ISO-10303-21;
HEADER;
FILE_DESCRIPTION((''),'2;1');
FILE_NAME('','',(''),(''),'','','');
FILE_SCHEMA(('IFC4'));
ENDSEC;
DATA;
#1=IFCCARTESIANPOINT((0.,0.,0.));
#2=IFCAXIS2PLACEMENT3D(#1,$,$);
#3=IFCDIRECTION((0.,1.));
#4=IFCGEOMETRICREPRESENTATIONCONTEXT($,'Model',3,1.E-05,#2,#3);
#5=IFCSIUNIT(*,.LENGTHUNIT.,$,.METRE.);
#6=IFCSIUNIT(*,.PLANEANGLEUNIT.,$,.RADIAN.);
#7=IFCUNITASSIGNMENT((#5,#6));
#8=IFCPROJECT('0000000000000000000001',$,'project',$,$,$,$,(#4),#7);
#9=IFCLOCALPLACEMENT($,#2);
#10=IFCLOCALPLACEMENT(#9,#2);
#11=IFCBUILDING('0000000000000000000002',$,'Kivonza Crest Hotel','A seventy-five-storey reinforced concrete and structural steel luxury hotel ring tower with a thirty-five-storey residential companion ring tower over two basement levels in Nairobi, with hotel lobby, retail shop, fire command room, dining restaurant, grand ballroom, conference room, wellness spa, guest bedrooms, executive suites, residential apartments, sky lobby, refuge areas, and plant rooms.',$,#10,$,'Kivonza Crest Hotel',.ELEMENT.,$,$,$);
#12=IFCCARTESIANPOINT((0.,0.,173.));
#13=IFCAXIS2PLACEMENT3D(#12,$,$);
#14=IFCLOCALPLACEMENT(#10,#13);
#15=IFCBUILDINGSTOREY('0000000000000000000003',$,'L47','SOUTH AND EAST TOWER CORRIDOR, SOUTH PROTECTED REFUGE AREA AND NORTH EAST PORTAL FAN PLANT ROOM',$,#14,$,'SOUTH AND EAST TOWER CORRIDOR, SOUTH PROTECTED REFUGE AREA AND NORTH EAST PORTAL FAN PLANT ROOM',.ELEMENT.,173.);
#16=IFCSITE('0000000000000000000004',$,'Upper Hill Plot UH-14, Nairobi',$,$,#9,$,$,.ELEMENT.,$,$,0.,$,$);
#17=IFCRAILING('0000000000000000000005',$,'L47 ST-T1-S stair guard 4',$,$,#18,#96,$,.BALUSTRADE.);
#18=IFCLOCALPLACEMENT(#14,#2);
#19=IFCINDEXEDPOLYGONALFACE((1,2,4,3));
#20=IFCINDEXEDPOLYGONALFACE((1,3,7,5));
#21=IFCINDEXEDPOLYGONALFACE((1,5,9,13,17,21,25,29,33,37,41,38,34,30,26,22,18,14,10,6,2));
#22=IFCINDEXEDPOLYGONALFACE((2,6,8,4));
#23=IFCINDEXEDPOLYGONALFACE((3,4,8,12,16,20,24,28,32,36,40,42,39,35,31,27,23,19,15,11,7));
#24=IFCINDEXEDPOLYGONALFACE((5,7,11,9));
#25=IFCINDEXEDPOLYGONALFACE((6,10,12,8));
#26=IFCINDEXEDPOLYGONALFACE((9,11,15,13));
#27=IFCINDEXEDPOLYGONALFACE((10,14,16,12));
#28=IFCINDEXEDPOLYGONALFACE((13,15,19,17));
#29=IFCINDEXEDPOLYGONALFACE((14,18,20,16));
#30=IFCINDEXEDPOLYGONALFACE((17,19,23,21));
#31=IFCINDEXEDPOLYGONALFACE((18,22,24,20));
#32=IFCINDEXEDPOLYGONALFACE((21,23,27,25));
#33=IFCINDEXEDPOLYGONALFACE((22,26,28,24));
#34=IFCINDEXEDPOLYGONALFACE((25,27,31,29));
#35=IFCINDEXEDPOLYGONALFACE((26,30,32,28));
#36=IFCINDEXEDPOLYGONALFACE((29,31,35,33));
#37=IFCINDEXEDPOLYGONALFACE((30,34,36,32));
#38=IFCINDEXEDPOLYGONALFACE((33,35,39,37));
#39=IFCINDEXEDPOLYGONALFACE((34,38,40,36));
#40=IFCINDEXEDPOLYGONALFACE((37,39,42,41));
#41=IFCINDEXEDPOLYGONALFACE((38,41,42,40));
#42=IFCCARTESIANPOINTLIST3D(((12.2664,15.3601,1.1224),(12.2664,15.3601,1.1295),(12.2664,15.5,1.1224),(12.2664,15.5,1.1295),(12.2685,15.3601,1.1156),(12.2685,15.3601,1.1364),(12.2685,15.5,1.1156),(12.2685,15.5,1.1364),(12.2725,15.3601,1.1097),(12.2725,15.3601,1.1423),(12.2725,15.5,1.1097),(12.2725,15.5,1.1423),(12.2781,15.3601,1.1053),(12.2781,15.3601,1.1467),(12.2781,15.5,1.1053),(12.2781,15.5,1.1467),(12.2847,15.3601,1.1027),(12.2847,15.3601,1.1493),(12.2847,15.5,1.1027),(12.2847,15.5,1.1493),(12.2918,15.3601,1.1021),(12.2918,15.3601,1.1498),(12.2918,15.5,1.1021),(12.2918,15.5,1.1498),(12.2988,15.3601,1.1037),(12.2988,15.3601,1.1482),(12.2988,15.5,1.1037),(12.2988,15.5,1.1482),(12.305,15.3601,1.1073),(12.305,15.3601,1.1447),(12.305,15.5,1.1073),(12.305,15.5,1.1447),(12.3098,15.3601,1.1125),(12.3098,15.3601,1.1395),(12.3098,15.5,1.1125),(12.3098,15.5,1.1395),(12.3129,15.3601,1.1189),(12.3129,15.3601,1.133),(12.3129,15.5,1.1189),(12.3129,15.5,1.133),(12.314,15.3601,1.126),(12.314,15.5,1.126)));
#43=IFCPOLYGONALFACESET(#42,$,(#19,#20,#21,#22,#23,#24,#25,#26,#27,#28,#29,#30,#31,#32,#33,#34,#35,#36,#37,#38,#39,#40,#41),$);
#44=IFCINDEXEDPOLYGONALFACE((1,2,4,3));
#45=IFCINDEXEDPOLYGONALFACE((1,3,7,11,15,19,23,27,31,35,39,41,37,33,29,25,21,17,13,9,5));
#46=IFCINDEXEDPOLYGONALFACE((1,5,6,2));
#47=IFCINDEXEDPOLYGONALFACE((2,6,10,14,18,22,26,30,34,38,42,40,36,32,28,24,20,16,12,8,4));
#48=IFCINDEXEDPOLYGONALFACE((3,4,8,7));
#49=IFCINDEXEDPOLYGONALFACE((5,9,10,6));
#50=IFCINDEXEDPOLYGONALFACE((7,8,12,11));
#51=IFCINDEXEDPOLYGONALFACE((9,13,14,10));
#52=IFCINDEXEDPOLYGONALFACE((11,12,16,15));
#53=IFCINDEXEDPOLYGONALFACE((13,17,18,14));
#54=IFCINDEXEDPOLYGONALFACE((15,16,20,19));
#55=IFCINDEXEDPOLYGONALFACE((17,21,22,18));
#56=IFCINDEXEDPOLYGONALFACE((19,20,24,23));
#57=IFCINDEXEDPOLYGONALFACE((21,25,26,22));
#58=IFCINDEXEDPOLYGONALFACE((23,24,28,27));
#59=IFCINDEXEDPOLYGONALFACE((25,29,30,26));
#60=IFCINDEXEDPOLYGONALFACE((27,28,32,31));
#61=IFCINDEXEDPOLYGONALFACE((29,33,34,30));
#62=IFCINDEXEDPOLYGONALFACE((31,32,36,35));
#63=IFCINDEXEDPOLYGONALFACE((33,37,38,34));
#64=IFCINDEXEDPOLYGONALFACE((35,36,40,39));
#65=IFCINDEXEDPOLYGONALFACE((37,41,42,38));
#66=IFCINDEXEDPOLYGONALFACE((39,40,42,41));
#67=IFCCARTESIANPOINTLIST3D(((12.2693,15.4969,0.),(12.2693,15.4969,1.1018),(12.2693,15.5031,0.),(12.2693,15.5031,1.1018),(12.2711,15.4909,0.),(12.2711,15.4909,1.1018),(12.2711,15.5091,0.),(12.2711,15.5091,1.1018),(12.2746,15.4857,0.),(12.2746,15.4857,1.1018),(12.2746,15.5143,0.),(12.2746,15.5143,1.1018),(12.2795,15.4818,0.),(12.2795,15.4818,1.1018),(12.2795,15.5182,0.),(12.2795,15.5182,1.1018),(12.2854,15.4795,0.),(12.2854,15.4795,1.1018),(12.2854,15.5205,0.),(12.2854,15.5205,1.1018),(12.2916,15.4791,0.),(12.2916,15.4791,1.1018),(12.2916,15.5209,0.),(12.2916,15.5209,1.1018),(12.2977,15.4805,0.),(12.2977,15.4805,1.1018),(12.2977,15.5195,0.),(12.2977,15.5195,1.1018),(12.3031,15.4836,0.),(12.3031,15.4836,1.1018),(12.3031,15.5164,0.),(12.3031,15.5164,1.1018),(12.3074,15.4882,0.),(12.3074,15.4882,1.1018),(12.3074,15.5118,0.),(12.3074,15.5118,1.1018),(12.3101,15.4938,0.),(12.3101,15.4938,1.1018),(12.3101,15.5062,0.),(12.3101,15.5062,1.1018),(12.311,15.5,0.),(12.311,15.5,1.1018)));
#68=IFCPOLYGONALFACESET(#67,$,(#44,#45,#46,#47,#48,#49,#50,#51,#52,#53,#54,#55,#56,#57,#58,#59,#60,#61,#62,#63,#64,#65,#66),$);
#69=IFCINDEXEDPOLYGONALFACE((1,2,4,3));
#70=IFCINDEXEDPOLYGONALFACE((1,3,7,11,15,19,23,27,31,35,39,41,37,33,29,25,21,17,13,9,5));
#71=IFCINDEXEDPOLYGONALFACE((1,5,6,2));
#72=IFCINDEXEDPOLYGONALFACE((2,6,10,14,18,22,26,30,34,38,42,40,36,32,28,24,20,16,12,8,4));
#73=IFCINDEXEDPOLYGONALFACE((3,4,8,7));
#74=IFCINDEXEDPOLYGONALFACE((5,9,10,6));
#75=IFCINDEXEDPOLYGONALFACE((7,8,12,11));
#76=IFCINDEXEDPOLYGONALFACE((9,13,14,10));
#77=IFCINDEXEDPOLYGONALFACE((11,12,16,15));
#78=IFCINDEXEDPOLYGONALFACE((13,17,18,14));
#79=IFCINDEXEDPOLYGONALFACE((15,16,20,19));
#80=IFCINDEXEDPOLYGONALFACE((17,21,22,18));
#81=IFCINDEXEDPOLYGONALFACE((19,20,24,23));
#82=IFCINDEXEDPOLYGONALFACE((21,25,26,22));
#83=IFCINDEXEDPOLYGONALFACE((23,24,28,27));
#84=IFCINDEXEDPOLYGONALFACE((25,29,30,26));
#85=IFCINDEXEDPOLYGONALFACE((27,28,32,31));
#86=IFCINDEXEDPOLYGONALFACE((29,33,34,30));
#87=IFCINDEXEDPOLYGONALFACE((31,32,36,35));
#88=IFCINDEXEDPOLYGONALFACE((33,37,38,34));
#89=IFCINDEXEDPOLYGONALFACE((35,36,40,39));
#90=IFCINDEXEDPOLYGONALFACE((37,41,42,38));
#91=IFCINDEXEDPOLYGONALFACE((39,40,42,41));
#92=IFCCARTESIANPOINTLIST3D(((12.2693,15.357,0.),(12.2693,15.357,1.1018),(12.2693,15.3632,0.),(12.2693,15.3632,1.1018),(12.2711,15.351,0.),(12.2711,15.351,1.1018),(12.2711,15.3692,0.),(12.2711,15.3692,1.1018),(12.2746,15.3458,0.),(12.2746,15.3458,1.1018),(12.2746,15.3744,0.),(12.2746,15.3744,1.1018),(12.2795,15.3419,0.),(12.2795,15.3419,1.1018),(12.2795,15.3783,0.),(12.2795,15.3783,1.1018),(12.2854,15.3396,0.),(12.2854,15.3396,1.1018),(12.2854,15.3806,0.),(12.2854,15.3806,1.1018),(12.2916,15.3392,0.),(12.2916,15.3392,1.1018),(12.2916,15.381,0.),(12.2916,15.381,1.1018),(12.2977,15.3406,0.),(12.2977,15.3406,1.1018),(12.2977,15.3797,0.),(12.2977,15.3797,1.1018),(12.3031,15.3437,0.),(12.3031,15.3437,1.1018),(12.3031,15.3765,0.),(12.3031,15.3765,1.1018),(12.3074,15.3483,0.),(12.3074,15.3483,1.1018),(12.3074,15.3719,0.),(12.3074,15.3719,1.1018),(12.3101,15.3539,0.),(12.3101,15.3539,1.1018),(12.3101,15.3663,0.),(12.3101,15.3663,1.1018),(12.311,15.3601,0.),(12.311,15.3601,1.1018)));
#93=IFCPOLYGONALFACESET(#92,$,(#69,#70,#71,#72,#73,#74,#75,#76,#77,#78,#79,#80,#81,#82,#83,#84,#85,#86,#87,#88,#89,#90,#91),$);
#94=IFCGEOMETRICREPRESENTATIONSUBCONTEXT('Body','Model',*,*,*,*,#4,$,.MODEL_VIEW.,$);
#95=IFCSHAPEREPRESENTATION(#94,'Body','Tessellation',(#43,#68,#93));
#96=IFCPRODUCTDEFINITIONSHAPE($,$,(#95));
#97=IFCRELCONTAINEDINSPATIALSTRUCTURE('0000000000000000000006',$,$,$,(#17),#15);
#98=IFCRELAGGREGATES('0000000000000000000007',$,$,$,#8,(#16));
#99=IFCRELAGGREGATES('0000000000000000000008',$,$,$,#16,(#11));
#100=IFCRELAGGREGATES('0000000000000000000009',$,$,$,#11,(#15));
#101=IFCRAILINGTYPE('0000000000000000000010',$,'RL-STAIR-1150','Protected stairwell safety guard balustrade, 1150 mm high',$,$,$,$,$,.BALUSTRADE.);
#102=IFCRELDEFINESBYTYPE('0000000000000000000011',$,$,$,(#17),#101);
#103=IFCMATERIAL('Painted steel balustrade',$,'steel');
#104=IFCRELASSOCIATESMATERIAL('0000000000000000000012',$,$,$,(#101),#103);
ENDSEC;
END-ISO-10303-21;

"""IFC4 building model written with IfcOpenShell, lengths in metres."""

from ifc_helpers import new_model, si_unit, direction, frame, origin, origin_2d, place, context, subcontext, project, spatial, circle, extrude, material, type_object, element, save


model = new_model("IFC4")

# Units and contexts
model_context = context("Model", 3, precision=1e-05, world=origin(), true_north=direction((0.0, 1.0)))
body_context = subcontext(model_context, "Body", "Model", "MODEL_VIEW")
ifc_project = project(units=[si_unit("LENGTHUNIT", "METRE"), si_unit("PLANEANGLEUNIT", "RADIAN")], contexts=[model_context])

# Site, building, storey
site_placement = place(None, origin())
site = spatial("IfcSite", under=ifc_project, at=site_placement, Name="Upper Hill Plot UH-14, Nairobi", CompositionType="ELEMENT", RefElevation=0.0)
building_placement = place(site_placement, origin())
building = spatial("IfcBuilding", under=site, at=building_placement, Name="Kivonza Crest Hotel", Description="A seventy-five-storey reinforced concrete and structural steel luxury hotel ring tower with a thirty-five-storey residential companion ring tower over two basement levels in Nairobi, with hotel lobby, retail shop, fire command room, dining restaurant, grand ballroom, conference room, wellness spa, guest bedrooms, executive suites, residential apartments, sky lobby, refuge areas, and plant rooms.", LongName="Kivonza Crest Hotel", CompositionType="ELEMENT")
storey_placement = place(building_placement, frame((0.0, 0.0, 173.0)))
storey = spatial("IfcBuildingStorey", under=building, at=storey_placement, Name="L47", Description="SOUTH AND EAST TOWER CORRIDOR, SOUTH PROTECTED REFUGE AREA AND NORTH EAST PORTAL FAN PLANT ROOM", LongName="SOUTH AND EAST TOWER CORRIDOR, SOUTH PROTECTED REFUGE AREA AND NORTH EAST PORTAL FAN PLANT ROOM", CompositionType="ELEMENT", Elevation=173.0)

# Railing
ifc_material_1 = material(Name="Painted steel balustrade", Category="steel")
railing_type_1 = type_object("IfcRailingType", Name="RL-STAIR-1150", Description="Protected stairwell safety guard balustrade, 1150 mm high", PredefinedType="BALUSTRADE", material=ifc_material_1)
railing_1_placement = place(storey_placement, frame((12.29, 15.5, 0.0)))
element("IfcRailing", 1, at=railing_1_placement, inside=storey, type_object=railing_type_1, Name="L47 ST-T1-S stair guard 4", PredefinedType="BALUSTRADE", context=body_context, shape_type="SweptSolid", body=[
    extrude(circle(Radius=0.0239, at=origin_2d()), frame((0.0, 0.0, 1.126), z_axis=(0.0, -1.0, 0.0), x_axis=(1.0, 0.0, 0.0)), (0.0, 0.0, 1.0), 0.1399),
    extrude(circle(Radius=0.021, at=origin_2d()), origin(), (0.0, 0.0, 1.0), 1.1018),
    extrude(circle(Radius=0.021, at=origin_2d()), frame((0.0, -0.1399, 0.0)), (0.0, 0.0, 1.0), 1.1018),
])

save(model, "model.ifc")
